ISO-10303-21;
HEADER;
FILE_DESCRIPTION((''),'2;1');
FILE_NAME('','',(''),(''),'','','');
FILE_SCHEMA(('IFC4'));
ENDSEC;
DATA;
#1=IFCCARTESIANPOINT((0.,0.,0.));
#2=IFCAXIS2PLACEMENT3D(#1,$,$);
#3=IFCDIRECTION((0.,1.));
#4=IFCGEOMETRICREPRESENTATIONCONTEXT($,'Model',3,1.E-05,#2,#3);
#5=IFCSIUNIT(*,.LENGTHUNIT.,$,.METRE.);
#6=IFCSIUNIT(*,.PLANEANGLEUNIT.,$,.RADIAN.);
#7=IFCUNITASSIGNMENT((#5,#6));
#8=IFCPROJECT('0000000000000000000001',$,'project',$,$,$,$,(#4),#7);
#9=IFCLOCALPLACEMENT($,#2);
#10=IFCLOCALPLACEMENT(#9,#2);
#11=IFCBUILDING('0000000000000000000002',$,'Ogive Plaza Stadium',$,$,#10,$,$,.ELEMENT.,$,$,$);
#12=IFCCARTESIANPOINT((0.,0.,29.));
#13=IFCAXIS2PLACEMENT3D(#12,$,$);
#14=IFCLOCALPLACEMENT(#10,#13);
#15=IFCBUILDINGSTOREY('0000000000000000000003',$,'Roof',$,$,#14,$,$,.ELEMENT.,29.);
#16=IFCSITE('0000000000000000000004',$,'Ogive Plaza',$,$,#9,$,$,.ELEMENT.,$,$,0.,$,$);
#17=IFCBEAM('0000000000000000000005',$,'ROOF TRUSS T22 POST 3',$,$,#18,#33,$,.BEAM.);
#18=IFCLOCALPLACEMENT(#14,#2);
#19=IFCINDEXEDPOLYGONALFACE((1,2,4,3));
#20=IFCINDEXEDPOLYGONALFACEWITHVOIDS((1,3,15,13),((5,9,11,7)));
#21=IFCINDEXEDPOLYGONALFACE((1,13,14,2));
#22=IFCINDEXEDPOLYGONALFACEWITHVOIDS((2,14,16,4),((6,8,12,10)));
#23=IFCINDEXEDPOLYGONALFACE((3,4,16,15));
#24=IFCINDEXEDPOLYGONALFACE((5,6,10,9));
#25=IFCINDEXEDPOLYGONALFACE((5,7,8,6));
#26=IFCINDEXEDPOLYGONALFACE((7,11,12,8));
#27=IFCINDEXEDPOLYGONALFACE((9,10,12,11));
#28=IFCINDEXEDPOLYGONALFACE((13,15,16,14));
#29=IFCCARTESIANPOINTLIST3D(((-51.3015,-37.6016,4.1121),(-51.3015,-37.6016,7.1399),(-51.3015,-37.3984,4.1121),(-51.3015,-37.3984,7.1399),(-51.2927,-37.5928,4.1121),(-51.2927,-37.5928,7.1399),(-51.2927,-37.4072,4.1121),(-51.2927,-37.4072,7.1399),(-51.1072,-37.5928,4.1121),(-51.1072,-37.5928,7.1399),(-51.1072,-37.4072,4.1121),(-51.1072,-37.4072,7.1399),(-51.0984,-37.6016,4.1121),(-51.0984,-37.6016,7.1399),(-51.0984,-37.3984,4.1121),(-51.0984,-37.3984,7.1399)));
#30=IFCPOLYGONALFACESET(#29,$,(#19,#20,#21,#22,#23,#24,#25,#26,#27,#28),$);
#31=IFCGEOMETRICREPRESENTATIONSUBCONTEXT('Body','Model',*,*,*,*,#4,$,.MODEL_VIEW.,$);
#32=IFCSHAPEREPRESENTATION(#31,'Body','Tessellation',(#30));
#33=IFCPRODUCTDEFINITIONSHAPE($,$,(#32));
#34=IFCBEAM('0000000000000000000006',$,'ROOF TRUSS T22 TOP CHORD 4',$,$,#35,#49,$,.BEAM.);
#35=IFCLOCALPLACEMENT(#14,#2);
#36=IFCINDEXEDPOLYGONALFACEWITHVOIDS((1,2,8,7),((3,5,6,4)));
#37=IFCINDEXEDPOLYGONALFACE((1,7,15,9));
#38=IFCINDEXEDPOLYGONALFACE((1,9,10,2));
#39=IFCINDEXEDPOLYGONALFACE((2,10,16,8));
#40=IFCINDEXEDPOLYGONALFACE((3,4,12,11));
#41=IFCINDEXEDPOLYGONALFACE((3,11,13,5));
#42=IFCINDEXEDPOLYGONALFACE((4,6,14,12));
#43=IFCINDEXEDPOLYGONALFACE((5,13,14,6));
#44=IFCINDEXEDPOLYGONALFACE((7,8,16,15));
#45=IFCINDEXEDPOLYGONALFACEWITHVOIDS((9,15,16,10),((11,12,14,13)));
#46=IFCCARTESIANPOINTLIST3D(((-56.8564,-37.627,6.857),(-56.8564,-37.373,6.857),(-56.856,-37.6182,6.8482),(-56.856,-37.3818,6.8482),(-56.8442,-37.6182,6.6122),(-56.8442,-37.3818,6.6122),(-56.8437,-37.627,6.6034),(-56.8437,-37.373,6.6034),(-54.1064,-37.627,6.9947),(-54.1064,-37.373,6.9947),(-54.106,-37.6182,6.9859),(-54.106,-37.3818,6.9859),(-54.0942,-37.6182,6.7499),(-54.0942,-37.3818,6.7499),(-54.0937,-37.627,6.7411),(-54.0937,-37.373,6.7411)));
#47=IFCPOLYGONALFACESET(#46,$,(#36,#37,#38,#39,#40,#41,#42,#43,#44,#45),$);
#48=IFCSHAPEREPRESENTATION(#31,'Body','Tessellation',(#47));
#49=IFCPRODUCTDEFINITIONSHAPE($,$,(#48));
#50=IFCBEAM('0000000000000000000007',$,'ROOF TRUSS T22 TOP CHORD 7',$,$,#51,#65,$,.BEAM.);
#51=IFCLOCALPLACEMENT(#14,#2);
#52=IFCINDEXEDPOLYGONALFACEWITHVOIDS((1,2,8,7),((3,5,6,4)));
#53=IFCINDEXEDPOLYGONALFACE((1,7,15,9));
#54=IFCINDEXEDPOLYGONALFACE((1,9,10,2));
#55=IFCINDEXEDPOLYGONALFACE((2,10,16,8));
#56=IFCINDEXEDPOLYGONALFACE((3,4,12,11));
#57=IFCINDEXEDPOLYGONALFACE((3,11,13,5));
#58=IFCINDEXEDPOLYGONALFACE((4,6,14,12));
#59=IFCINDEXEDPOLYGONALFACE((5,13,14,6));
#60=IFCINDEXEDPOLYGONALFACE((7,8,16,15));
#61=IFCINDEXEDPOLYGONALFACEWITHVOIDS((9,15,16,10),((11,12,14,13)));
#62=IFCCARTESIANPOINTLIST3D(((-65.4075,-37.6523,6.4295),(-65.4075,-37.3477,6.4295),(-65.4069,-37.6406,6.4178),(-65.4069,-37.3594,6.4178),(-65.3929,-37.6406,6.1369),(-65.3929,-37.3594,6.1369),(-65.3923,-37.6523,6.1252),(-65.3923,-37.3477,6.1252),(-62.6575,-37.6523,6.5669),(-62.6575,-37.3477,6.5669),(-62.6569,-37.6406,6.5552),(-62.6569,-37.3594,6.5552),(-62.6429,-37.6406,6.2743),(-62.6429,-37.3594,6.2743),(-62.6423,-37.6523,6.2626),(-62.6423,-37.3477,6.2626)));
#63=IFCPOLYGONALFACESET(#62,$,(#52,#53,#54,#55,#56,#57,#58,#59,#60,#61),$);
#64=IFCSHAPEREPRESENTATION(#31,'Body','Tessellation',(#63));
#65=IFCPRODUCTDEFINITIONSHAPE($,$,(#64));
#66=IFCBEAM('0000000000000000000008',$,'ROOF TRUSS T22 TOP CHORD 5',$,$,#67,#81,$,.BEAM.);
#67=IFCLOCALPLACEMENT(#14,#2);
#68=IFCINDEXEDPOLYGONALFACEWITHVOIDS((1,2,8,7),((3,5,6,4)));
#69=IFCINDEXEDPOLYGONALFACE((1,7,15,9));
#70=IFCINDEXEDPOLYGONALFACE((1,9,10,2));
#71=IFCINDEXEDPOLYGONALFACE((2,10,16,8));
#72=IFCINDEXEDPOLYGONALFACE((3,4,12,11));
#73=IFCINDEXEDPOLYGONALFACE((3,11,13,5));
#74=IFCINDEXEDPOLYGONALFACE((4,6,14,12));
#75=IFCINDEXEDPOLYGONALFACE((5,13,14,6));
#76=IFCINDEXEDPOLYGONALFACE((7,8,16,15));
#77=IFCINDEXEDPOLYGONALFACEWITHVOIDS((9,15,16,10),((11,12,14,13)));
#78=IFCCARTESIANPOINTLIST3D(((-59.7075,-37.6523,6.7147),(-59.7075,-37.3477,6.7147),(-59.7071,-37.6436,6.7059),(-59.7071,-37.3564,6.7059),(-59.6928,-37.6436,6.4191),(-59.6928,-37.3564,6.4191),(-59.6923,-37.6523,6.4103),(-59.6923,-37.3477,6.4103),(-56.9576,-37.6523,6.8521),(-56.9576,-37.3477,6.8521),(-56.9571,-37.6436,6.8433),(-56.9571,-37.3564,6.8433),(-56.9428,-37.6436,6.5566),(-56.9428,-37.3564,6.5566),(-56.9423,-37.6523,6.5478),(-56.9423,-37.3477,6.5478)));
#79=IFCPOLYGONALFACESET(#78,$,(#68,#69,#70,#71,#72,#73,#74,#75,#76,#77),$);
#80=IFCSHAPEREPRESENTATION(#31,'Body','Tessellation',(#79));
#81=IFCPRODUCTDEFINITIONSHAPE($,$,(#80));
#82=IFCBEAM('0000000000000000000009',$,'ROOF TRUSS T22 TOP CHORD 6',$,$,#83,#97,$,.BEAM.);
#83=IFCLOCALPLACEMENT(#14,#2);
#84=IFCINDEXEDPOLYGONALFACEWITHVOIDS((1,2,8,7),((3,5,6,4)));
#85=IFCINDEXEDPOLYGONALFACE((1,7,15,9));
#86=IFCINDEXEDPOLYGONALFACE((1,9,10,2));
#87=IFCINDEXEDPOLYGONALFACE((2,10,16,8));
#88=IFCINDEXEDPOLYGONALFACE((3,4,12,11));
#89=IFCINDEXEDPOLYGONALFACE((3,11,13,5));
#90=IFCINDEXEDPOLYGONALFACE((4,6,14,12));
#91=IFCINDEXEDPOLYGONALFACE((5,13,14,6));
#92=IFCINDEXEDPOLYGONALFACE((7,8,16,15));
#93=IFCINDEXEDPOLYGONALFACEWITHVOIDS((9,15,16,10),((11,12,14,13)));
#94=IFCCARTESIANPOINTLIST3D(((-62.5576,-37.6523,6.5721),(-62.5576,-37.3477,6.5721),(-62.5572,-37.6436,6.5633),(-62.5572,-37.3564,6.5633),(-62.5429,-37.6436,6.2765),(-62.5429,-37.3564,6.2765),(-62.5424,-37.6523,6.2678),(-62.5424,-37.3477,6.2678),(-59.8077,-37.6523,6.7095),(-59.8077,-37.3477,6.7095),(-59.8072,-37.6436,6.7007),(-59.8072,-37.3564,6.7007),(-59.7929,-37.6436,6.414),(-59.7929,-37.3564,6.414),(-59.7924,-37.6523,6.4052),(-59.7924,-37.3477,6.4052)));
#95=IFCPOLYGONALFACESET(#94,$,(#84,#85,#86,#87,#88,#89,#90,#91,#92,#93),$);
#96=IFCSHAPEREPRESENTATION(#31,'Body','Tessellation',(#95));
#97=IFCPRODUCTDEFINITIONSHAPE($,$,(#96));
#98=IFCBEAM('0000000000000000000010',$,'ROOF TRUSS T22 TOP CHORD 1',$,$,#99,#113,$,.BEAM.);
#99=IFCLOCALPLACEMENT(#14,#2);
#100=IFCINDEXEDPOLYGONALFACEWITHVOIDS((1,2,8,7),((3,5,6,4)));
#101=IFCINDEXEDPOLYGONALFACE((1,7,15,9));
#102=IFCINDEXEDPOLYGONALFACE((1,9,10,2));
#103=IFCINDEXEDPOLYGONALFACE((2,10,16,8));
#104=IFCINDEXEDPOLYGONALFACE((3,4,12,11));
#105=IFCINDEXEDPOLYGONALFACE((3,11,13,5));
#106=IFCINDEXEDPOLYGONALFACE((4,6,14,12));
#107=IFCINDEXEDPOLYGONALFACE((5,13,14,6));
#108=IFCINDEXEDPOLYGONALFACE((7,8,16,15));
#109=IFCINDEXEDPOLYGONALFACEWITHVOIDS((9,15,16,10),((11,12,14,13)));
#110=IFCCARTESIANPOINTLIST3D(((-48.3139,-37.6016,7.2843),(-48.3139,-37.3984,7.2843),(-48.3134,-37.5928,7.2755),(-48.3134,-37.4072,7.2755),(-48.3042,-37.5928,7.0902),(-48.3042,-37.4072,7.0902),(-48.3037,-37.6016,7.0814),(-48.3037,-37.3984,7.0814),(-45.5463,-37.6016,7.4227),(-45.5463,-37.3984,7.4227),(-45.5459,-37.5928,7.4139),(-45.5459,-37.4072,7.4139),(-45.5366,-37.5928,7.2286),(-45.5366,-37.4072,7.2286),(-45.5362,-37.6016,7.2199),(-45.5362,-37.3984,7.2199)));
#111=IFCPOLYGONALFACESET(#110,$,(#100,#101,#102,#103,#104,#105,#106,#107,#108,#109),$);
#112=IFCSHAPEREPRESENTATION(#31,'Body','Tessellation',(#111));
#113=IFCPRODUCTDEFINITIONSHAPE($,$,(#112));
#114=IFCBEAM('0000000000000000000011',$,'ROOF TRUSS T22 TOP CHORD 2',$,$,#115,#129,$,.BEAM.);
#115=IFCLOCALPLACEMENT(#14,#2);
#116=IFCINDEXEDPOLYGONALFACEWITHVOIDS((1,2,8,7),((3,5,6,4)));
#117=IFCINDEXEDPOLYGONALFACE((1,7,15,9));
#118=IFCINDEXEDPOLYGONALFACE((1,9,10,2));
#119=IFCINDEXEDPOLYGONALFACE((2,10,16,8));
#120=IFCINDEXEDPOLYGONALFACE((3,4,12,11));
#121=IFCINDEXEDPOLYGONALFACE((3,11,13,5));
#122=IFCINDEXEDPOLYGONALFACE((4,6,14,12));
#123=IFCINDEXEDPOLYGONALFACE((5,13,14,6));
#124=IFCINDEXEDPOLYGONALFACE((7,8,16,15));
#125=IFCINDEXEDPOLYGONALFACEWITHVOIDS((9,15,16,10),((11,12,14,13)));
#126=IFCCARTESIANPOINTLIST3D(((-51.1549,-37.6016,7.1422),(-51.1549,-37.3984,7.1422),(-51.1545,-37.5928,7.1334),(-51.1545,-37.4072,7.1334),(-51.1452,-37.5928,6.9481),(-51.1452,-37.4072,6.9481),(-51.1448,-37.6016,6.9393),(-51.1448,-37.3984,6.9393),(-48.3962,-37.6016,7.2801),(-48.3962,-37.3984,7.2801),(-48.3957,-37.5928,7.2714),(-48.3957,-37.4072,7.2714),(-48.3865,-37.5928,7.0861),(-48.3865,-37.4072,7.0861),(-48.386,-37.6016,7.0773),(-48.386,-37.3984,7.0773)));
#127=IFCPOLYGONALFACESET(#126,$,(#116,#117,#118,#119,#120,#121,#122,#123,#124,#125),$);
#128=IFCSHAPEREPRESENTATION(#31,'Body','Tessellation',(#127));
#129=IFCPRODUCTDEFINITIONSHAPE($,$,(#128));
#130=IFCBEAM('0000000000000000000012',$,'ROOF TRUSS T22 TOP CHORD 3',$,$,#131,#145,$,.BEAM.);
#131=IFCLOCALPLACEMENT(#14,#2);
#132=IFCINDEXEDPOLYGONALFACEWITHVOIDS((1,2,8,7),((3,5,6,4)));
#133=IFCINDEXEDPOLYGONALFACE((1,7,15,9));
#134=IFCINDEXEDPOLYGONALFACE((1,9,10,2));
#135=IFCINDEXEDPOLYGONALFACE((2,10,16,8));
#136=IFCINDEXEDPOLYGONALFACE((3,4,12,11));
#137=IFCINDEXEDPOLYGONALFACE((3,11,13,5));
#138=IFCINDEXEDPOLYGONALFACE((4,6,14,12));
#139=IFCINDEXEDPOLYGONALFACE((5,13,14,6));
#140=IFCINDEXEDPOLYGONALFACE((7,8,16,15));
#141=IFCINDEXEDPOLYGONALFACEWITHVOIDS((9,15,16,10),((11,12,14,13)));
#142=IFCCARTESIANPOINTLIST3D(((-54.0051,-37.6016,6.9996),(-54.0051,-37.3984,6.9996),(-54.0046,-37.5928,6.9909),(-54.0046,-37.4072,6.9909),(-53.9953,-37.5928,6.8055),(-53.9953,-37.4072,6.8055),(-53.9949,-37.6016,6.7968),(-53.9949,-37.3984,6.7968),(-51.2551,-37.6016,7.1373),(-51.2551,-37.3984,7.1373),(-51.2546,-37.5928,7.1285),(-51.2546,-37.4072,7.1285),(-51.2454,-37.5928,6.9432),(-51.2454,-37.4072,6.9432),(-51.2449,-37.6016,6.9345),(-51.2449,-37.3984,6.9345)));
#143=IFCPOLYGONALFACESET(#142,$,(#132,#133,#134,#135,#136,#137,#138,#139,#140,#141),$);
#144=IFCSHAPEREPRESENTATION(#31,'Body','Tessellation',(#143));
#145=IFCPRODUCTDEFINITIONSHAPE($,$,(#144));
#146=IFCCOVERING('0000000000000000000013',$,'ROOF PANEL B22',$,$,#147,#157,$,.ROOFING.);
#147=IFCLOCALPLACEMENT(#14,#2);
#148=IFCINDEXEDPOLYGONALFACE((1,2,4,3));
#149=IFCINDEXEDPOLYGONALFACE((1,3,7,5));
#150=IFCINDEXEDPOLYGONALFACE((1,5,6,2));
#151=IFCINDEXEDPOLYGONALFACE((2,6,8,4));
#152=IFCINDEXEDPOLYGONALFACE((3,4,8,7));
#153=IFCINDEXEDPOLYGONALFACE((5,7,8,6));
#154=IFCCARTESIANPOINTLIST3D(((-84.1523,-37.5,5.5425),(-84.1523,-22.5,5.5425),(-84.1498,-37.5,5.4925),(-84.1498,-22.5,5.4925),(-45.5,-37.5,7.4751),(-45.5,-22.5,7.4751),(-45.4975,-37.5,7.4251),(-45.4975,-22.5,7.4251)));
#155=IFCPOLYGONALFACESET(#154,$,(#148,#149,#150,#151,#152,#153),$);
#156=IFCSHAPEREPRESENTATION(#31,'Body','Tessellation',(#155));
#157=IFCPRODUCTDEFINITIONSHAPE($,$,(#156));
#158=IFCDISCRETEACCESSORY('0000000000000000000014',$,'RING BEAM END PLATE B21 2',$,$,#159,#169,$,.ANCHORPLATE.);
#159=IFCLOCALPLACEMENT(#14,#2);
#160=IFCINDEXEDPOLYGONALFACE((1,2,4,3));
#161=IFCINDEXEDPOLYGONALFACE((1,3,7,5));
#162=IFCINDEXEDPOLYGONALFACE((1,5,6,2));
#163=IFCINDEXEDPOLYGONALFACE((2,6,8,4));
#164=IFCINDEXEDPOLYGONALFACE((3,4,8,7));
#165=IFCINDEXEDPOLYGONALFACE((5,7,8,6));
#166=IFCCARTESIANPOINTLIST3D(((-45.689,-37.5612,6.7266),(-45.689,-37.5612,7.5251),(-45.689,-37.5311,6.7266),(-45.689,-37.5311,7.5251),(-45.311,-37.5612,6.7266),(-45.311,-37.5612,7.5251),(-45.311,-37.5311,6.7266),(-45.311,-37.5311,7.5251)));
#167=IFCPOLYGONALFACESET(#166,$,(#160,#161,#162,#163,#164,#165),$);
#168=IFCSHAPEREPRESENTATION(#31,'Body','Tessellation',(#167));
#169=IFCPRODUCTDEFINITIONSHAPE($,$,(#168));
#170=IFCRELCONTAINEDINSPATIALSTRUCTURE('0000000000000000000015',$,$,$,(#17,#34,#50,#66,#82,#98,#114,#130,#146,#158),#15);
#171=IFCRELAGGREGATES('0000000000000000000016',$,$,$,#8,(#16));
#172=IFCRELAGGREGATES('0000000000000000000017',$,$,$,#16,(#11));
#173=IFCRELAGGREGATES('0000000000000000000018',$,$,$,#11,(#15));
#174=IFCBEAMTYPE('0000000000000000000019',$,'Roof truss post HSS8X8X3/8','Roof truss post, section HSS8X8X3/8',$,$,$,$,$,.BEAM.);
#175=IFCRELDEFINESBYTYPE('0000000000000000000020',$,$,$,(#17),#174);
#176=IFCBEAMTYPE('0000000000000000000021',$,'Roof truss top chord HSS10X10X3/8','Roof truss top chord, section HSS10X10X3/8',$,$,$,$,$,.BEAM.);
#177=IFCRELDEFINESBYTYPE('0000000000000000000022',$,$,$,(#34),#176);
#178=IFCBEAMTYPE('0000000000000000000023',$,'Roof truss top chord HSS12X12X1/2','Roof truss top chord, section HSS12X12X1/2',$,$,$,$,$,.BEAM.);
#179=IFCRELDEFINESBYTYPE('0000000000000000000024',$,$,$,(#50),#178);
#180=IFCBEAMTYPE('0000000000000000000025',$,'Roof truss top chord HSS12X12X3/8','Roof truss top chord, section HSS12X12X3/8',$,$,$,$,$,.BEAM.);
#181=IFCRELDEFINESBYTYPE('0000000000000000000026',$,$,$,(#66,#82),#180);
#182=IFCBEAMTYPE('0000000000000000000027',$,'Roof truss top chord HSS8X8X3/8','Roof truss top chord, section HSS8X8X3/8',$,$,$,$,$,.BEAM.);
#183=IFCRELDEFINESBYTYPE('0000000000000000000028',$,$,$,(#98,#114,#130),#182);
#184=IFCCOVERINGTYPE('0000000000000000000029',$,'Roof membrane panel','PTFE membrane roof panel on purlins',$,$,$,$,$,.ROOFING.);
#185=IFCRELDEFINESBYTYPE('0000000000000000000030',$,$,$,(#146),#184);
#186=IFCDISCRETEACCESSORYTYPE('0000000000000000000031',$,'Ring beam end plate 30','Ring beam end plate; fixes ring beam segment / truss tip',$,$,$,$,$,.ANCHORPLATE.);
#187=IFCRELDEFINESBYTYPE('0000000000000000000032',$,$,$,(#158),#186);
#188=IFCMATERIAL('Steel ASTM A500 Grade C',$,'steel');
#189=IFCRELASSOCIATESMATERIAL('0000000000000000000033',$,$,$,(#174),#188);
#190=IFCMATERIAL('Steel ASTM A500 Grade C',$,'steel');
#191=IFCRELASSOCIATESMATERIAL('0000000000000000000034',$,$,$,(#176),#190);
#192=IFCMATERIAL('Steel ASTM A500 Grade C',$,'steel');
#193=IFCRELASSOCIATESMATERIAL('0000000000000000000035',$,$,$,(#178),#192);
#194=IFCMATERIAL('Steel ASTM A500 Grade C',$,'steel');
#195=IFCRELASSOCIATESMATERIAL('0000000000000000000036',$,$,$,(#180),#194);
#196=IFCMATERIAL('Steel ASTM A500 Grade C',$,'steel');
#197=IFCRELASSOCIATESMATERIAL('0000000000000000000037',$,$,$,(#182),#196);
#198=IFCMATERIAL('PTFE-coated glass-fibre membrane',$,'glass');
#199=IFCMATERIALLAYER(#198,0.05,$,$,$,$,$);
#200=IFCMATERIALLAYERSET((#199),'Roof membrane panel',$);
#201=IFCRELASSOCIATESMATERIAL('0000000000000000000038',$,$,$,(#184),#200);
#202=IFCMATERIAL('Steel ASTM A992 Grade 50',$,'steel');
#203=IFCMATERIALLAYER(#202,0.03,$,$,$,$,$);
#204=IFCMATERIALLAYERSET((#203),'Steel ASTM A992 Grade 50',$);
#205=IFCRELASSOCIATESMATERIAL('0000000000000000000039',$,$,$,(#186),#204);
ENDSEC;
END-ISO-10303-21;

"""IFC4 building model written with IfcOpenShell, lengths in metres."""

from ifc_helpers import new_model, si_unit, direction, frame, origin, origin_2d, place, context, subcontext, project, spatial, polyline, rectangle, hollow_rectangle, outline, extrude, material, layer, layer_set, material_profile, profile_set, type_object, element, save


model = new_model("IFC4")

# Units and contexts
model_context = context("Model", 3, precision=1e-05, world=origin(), true_north=direction((0.0, 1.0)))
body_context = subcontext(model_context, "Body", "Model", "MODEL_VIEW")
ifc_project = project(units=[si_unit("LENGTHUNIT", "METRE"), si_unit("PLANEANGLEUNIT", "RADIAN")], contexts=[model_context])

# Site, building, storey
site_placement = place(None, origin())
site = spatial("IfcSite", under=ifc_project, at=site_placement, Name="Ogive Plaza", CompositionType="ELEMENT", RefElevation=0.0)
building_placement = place(site_placement, origin())
building = spatial("IfcBuilding", under=site, at=building_placement, Name="Ogive Plaza Stadium", CompositionType="ELEMENT")
storey_placement = place(building_placement, frame((0.0, 0.0, 29.0)))
storey = spatial("IfcBuildingStorey", under=building, at=storey_placement, Name="Roof", CompositionType="ELEMENT", Elevation=29.0)

# Beams
ifc_material_1 = material(Name="Steel ASTM A500 Grade C", Category="steel")
ifc_material_profile_1 = material_profile(ifc_material_1, hollow_rectangle(XDim=0.2031, YDim=0.2031, WallThickness=0.0088, at=origin_2d()), Name="HSS8X8X3/8")
ifc_profile_set_1 = profile_set([ifc_material_profile_1], Name="Steel ASTM A500 Grade C")
beam_type_1 = type_object("IfcBeamType", Name="Roof truss post HSS8X8X3/8", Description="Roof truss post, section HSS8X8X3/8", PredefinedType="BEAM", material=ifc_profile_set_1)
beam_1_placement = place(storey_placement, frame((-51.2, -37.5, 4.1121), z_axis=(0.0, 0.0, 1.0), x_axis=(0.0, -1.0, 0.0)))
element("IfcBeam", 1, at=beam_1_placement, inside=storey, type_object=beam_type_1, Name="ROOF TRUSS T22 POST 3", PredefinedType="BEAM", context=body_context, shape_type="SweptSolid", body=[
    extrude(hollow_rectangle(XDim=0.2031, YDim=0.2031, WallThickness=0.0088, at=origin_2d()), origin(), (0.0, 0.0, 1.0), 3.0278),
])
ifc_material_2 = material(Name="Steel ASTM A500 Grade C", Category="steel")
ifc_material_profile_2 = material_profile(ifc_material_2, hollow_rectangle(XDim=0.2539, YDim=0.2539, WallThickness=0.0088, at=origin_2d()), Name="HSS10X10X3/8")
ifc_profile_set_2 = profile_set([ifc_material_profile_2], Name="Steel ASTM A500 Grade C")
beam_type_2 = type_object("IfcBeamType", Name="Roof truss top chord HSS10X10X3/8", Description="Roof truss top chord, section HSS10X10X3/8", PredefinedType="BEAM", material=ifc_profile_set_2)
beam_2_placement = place(storey_placement, frame((-54.1001, -37.5, 6.8679), z_axis=(-0.998749, 0.0, -0.050008), x_axis=(0.0, -1.0, 0.0)))
element("IfcBeam", 2, at=beam_2_placement, inside=storey, type_object=beam_type_2, Name="ROOF TRUSS T22 TOP CHORD 4", PredefinedType="BEAM", context=body_context, shape_type="SweptSolid", body=[
    extrude(hollow_rectangle(XDim=0.2539, YDim=0.2539, WallThickness=0.0088, at=origin_2d()), origin(), (0.0, 0.0, 1.0), 2.7534),
])
ifc_material_3 = material(Name="Steel ASTM A500 Grade C", Category="steel")
ifc_material_profile_3 = material_profile(ifc_material_3, hollow_rectangle(XDim=0.3047, YDim=0.3047, WallThickness=0.0117, at=origin_2d()), Name="HSS12X12X1/2")
ifc_profile_set_3 = profile_set([ifc_material_profile_3], Name="Steel ASTM A500 Grade C")
beam_type_3 = type_object("IfcBeamType", Name="Roof truss top chord HSS12X12X1/2", Description="Roof truss top chord, section HSS12X12X1/2", PredefinedType="BEAM", material=ifc_profile_set_3)
beam_3_placement = place(storey_placement, frame((-62.6499, -37.5, 6.4148), z_axis=(-0.998753, 0.0, -0.04992), x_axis=(0.0, -1.0, 0.0)))
element("IfcBeam", 3, at=beam_3_placement, inside=storey, type_object=beam_type_3, Name="ROOF TRUSS T22 TOP CHORD 7", PredefinedType="BEAM", context=body_context, shape_type="SweptSolid", body=[
    extrude(hollow_rectangle(XDim=0.3047, YDim=0.3047, WallThickness=0.0117, at=origin_2d()), origin(), (0.0, 0.0, 1.0), 2.7534),
])
ifc_material_4 = material(Name="Steel ASTM A500 Grade C", Category="steel")
ifc_material_profile_4 = material_profile(ifc_material_4, hollow_rectangle(XDim=0.3047, YDim=0.3047, WallThickness=0.0088, at=origin_2d()), Name="HSS12X12X3/8")
ifc_profile_set_4 = profile_set([ifc_material_profile_4], Name="Steel ASTM A500 Grade C")
beam_type_4 = type_object("IfcBeamType", Name="Roof truss top chord HSS12X12X3/8", Description="Roof truss top chord, section HSS12X12X3/8", PredefinedType="BEAM", material=ifc_profile_set_4)
for number, where, z_axis, x_axis, name in (
    (4, (-56.95, -37.5, 6.7), (-0.998753, 0.0, -0.04992), (0.0, -1.0, 0.0), "ROOF TRUSS T22 TOP CHORD 5"),
    (5, (-59.8, -37.5, 6.5574), (-0.998753, 0.0, -0.04992), (0.0, -1.0, 0.0), "ROOF TRUSS T22 TOP CHORD 6"),
):
    element("IfcBeam", number, at=place(storey_placement, frame(where, z_axis=z_axis, x_axis=x_axis)), inside=storey, type_object=beam_type_4, Name=name, PredefinedType="BEAM", context=body_context, shape_type="SweptSolid", body=[
        extrude(hollow_rectangle(XDim=0.3047, YDim=0.3047, WallThickness=0.0088, at=origin_2d()), origin(), (0.0, 0.0, 1.0), 2.7534),
    ])
ifc_material_5 = material(Name="Steel ASTM A500 Grade C", Category="steel")
ifc_material_profile_5 = material_profile(ifc_material_5, hollow_rectangle(XDim=0.2031, YDim=0.2031, WallThickness=0.0088, at=origin_2d()), Name="HSS8X8X3/8")
ifc_profile_set_5 = profile_set([ifc_material_profile_5], Name="Steel ASTM A500 Grade C")
beam_type_5 = type_object("IfcBeamType", Name="Roof truss top chord HSS8X8X3/8", Description="Roof truss top chord, section HSS8X8X3/8", PredefinedType="BEAM", material=ifc_profile_set_5)
beam_4_placement = place(storey_placement, frame((-45.5413, -37.5, 7.3213), z_axis=(-0.998751, 0.0, -0.049955), x_axis=(0.0, -1.0, 0.0)))
element("IfcBeam", 6, at=beam_4_placement, inside=storey, type_object=beam_type_5, Name="ROOF TRUSS T22 TOP CHORD 1", PredefinedType="BEAM", context=body_context, shape_type="SweptSolid", body=[
    extrude(hollow_rectangle(XDim=0.2031, YDim=0.2031, WallThickness=0.0088, at=origin_2d()), origin(), (0.0, 0.0, 1.0), 2.771),
])
beam_5_placement = place(storey_placement, frame((-48.3911, -37.5, 7.1787), z_axis=(-0.998752, 0.0, -0.049938), x_axis=(0.0, -1.0, 0.0)))
element("IfcBeam", 7, at=beam_5_placement, inside=storey, type_object=beam_type_5, Name="ROOF TRUSS T22 TOP CHORD 2", PredefinedType="BEAM", context=body_context, shape_type="SweptSolid", body=[
    extrude(hollow_rectangle(XDim=0.2031, YDim=0.2031, WallThickness=0.0088, at=origin_2d()), origin(), (0.0, 0.0, 1.0), 2.7622),
])
beam_6_placement = place(storey_placement, frame((-51.25, -37.5, 7.0359), z_axis=(-0.998749, 0.0, -0.050008), x_axis=(0.0, -1.0, 0.0)))
element("IfcBeam", 8, at=beam_6_placement, inside=storey, type_object=beam_type_5, Name="ROOF TRUSS T22 TOP CHORD 3", PredefinedType="BEAM", context=body_context, shape_type="SweptSolid", body=[
    extrude(hollow_rectangle(XDim=0.2031, YDim=0.2031, WallThickness=0.0088, at=origin_2d()), origin(), (0.0, 0.0, 1.0), 2.7534),
])

# Covering
ifc_material_6 = material(Name="PTFE-coated glass-fibre membrane", Category="glass")
ifc_layer_1 = layer(ifc_material_6, 0.05)
ifc_layer_set_1 = layer_set([ifc_layer_1], Name="Roof membrane panel")
covering_type = type_object("IfcCoveringType", Name="Roof membrane panel", Description="PTFE membrane roof panel on purlins", PredefinedType="ROOFING", material=ifc_layer_set_1)
covering_placement = place(storey_placement, frame((-45.5, -37.5, 7.4751), z_axis=(-0.049938, 0.0, 0.998752), x_axis=(-0.998752, 0.0, -0.049938)))
element("IfcCovering", 9, at=covering_placement, inside=storey, type_object=covering_type, Name="ROOF PANEL B22", PredefinedType="ROOFING", context=body_context, shape_type="SweptSolid", body=[
    extrude(outline(polyline([(0.0, 0.0), (38.7006, 0.0), (38.7006, -15.0), (0.0, -15.0), (0.0, 0.0)])), origin(), (0.0, 0.0, -1.0), 0.05),
])

# Discrete accessory
ifc_material_7 = material(Name="Steel ASTM A992 Grade 50", Category="steel")
ifc_layer_2 = layer(ifc_material_7, 0.03)
ifc_layer_set_2 = layer_set([ifc_layer_2], Name="Steel ASTM A992 Grade 50")
discrete_accessory_type = type_object("IfcDiscreteAccessoryType", Name="Ring beam end plate 30", Description="Ring beam end plate; fixes ring beam segment / truss tip", PredefinedType="ANCHORPLATE", material=ifc_layer_set_2)
discrete_accessory_placement = place(storey_placement, frame((-45.5, -37.5461, 6.7266), z_axis=(0.0, 0.0, 1.0), x_axis=(0.0, 1.0, 0.0)))
element("IfcDiscreteAccessory", 10, at=discrete_accessory_placement, inside=storey, type_object=discrete_accessory_type, Name="RING BEAM END PLATE B21 2", PredefinedType="ANCHORPLATE", context=body_context, shape_type="SweptSolid", body=[
    extrude(rectangle(XDim=0.03, YDim=0.3779, at=origin_2d()), origin(), (0.0, 0.0, 1.0), 0.7986),
])

save(model, "model.ifc")
